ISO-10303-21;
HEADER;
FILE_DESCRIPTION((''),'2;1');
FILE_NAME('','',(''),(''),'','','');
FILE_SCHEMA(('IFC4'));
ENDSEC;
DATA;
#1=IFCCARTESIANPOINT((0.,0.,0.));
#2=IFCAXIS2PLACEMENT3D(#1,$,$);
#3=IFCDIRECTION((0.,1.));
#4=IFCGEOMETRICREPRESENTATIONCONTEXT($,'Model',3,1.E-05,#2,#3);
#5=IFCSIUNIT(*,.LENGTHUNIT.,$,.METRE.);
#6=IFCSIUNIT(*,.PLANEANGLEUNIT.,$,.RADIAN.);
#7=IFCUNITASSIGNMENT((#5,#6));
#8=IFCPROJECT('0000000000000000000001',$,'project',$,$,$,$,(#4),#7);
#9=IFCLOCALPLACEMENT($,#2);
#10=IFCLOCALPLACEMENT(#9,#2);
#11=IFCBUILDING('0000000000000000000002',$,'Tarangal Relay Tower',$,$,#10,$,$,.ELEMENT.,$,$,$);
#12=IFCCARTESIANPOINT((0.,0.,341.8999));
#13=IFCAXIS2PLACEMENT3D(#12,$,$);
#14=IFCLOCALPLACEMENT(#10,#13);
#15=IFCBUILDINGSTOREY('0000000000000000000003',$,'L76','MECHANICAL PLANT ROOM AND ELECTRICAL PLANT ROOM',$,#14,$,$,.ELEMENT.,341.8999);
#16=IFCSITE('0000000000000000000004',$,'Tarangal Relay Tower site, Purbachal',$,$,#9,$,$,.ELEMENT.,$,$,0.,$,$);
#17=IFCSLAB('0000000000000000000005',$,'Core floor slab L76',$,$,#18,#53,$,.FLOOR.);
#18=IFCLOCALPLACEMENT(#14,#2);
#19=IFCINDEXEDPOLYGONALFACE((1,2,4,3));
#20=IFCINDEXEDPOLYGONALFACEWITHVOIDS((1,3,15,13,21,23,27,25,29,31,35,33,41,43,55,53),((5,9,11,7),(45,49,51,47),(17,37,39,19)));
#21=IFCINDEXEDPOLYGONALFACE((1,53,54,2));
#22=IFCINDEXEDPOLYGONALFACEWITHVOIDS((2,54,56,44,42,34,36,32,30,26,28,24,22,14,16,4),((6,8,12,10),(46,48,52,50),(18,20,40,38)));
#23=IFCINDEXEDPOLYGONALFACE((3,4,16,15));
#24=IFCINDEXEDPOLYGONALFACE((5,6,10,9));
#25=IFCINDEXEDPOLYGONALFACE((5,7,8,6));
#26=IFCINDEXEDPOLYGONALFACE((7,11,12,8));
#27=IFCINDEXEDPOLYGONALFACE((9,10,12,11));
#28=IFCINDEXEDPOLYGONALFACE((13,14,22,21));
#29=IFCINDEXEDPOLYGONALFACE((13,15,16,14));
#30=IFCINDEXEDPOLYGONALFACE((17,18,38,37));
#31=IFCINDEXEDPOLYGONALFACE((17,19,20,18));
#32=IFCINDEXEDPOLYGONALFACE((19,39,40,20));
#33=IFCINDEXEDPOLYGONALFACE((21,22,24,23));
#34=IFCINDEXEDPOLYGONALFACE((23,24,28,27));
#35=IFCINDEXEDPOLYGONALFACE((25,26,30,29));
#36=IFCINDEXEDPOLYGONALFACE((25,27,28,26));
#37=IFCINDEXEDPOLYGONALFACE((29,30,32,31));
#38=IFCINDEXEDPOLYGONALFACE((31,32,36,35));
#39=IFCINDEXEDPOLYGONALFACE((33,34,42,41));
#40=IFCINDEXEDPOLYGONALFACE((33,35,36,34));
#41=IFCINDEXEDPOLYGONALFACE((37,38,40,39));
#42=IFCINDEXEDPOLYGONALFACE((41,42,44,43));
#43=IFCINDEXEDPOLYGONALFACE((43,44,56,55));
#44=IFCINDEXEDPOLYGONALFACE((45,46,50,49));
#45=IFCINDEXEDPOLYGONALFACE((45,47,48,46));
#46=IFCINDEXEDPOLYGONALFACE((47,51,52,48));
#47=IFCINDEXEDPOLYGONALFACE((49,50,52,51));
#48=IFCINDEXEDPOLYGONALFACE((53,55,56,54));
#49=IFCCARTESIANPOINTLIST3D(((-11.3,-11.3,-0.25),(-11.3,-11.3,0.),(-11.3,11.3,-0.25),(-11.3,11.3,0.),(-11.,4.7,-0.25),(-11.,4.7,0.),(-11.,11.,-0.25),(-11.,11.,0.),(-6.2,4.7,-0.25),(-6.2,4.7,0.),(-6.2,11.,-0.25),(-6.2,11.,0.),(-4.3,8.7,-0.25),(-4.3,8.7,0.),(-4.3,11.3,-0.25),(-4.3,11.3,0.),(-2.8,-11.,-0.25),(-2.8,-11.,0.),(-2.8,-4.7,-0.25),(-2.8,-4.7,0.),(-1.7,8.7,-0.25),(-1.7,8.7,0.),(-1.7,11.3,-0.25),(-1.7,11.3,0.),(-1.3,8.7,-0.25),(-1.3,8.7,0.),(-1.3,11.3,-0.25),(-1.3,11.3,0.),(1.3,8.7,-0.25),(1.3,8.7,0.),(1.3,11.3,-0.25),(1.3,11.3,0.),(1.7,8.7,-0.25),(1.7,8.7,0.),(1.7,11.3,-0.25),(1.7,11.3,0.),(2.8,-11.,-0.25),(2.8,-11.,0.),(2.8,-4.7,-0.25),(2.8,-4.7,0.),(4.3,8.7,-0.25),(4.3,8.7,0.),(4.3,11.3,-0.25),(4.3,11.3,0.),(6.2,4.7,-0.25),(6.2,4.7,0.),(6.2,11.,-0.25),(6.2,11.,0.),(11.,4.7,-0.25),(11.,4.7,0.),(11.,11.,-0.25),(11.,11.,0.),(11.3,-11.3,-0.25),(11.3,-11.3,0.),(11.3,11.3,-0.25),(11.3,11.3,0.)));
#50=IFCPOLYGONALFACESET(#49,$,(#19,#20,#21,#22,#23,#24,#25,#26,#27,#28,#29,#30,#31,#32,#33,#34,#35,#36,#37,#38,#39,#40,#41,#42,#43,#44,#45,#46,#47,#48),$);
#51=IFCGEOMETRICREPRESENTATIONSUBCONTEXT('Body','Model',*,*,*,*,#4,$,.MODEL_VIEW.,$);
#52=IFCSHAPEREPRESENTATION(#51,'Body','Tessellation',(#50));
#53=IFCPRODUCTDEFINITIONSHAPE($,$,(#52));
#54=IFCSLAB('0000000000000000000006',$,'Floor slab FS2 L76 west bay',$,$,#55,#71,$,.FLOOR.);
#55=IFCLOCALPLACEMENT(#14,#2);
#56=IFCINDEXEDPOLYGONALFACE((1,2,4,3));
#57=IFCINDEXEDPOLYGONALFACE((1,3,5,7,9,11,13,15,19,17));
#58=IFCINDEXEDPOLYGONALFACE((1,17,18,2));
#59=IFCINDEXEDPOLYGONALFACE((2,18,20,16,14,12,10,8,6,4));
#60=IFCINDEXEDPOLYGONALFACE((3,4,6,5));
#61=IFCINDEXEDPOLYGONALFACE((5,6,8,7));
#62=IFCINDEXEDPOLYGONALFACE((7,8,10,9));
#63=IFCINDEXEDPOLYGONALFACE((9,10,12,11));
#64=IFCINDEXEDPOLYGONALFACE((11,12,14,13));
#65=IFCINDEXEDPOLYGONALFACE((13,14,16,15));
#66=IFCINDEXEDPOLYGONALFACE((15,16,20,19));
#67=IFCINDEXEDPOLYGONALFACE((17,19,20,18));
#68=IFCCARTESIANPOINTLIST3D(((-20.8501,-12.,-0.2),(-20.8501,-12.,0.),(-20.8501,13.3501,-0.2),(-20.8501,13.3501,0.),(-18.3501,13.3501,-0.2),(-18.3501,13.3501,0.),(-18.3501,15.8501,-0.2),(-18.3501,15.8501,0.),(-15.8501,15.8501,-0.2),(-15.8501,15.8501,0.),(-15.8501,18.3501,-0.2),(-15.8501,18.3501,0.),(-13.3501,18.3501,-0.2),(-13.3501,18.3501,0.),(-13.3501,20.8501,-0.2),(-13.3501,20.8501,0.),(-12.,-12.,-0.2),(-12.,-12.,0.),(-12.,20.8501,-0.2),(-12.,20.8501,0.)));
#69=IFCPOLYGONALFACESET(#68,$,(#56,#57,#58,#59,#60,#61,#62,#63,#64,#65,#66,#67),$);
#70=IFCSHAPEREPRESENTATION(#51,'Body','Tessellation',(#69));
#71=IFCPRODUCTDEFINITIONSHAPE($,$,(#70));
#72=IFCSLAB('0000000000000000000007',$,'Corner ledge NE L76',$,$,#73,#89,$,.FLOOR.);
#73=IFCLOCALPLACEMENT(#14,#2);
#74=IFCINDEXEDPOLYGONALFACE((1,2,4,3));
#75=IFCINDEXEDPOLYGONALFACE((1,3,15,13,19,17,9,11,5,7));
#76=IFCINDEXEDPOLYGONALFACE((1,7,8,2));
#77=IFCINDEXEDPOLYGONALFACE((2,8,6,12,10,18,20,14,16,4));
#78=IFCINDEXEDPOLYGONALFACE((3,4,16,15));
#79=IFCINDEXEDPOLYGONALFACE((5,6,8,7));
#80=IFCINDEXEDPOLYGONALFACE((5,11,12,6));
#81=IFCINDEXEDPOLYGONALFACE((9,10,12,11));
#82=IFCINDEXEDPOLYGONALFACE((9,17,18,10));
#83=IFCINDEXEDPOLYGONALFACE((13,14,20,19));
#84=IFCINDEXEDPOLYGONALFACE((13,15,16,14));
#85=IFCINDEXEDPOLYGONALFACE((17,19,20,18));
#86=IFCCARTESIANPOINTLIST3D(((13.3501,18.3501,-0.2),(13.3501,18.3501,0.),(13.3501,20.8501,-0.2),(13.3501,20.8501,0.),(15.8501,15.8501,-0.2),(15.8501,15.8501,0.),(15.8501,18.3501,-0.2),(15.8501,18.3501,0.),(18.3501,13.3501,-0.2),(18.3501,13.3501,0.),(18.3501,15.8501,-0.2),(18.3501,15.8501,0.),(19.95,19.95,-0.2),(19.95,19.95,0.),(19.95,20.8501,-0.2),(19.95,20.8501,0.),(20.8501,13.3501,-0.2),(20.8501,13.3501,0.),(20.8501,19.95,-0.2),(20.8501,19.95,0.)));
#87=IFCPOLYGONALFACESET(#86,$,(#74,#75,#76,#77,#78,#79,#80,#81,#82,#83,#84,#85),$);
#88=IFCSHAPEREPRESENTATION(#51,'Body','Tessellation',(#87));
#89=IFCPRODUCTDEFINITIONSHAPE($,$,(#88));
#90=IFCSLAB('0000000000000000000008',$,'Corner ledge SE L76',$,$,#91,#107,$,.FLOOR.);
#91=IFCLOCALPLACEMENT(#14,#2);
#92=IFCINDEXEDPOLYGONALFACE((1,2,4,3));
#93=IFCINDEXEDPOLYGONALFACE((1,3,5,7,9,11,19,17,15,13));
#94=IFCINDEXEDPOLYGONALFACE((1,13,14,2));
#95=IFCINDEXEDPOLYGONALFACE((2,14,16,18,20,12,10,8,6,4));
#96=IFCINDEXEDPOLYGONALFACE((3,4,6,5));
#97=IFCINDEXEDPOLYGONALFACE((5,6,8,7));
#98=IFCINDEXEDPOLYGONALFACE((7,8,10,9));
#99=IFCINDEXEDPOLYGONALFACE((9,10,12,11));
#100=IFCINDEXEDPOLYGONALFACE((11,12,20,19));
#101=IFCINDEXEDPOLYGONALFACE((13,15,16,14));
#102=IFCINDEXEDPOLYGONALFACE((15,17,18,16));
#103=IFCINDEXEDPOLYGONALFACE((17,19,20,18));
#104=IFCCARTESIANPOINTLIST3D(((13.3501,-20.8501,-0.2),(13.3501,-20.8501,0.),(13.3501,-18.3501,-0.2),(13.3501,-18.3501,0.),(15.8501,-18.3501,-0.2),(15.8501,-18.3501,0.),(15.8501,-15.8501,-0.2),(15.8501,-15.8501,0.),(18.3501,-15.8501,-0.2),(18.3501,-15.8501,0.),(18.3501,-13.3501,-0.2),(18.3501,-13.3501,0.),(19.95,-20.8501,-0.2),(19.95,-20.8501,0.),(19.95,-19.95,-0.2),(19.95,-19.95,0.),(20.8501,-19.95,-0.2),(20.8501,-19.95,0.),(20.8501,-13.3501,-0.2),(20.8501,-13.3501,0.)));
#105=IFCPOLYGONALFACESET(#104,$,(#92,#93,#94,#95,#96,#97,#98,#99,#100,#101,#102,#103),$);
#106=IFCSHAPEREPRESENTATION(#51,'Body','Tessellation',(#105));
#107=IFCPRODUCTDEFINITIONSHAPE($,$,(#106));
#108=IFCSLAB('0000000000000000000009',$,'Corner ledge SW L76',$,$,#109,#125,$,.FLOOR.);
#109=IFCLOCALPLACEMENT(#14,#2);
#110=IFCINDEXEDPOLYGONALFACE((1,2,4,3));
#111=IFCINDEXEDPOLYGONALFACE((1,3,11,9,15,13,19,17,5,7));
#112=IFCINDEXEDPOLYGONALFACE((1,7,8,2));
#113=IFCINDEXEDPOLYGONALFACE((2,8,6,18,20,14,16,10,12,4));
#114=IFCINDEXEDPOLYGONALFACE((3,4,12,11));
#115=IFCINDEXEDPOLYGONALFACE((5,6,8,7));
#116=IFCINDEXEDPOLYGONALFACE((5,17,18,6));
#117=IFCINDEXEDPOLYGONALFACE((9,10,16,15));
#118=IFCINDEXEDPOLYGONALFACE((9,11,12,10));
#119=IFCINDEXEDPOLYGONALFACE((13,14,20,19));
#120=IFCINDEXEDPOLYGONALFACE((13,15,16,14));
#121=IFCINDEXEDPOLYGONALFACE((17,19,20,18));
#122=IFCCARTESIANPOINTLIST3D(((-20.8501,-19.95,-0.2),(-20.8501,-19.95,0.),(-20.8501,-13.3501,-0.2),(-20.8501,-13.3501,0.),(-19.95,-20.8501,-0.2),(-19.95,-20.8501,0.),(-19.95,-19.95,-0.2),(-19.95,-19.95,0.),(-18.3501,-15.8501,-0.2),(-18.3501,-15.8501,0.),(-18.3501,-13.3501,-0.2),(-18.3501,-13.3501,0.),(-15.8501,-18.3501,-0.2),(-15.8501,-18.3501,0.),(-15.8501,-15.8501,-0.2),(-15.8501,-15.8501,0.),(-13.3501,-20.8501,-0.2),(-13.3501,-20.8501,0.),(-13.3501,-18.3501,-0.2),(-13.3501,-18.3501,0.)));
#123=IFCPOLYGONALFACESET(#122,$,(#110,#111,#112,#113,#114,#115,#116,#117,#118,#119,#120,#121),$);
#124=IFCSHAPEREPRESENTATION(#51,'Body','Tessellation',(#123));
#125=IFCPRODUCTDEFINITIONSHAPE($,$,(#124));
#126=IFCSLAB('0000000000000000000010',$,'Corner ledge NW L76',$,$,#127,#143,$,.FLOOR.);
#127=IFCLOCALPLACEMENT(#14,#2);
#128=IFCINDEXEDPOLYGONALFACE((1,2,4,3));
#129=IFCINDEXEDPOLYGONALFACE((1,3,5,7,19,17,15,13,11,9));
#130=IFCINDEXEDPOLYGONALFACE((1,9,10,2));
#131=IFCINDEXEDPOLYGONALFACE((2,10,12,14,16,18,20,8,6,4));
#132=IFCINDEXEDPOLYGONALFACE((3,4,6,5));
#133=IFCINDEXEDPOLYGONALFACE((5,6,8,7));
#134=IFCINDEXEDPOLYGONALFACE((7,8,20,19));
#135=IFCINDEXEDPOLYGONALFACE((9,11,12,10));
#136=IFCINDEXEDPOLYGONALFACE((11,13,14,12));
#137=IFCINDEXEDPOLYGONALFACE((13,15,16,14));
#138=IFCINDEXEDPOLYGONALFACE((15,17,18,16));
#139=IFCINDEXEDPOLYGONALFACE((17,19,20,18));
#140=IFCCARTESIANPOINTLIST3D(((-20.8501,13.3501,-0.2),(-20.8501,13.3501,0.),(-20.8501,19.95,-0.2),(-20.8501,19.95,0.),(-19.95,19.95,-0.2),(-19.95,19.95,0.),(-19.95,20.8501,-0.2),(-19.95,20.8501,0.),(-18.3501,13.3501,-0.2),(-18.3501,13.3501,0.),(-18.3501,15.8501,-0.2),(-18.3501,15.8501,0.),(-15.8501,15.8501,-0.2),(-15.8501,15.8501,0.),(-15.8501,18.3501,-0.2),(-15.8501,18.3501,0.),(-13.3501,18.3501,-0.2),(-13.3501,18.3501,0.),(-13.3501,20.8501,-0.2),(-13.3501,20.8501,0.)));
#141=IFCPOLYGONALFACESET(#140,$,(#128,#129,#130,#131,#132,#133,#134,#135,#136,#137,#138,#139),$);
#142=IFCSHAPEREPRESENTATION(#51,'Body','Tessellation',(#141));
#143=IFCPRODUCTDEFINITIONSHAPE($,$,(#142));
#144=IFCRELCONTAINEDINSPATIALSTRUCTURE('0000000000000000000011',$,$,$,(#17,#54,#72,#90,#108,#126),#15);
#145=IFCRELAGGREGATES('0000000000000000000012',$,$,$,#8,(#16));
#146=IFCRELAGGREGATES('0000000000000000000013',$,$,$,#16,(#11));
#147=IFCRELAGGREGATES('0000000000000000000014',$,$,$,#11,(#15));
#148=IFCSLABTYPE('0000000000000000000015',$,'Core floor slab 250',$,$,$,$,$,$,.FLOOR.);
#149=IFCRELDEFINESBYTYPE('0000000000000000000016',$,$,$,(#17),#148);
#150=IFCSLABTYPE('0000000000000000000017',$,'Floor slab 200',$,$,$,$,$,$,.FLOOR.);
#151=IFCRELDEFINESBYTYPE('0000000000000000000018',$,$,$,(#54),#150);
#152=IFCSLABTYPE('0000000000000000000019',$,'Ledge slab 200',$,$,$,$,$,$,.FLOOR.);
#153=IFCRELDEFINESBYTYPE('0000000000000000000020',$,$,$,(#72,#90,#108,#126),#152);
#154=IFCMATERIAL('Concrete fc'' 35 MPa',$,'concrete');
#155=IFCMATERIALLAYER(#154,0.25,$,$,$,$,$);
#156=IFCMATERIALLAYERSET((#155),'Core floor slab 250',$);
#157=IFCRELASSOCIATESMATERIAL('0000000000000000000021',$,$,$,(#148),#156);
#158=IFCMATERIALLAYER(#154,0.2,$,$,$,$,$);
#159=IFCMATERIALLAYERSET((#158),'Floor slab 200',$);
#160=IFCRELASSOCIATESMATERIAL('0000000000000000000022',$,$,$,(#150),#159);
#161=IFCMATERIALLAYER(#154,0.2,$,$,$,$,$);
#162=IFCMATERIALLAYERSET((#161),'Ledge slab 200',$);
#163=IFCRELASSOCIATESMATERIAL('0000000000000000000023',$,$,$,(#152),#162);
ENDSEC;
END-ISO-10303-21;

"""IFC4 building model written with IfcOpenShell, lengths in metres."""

from ifc_helpers import new_model, si_unit, direction, frame, origin, place, context, subcontext, project, spatial, polyline, outline, extrude, material, layer, layer_set, type_object, element, save


model = new_model("IFC4")

# Units and contexts
model_context = context("Model", 3, precision=1e-05, world=origin(), true_north=direction((0.0, 1.0)))
body_context = subcontext(model_context, "Body", "Model", "MODEL_VIEW")
ifc_project = project(units=[si_unit("LENGTHUNIT", "METRE"), si_unit("PLANEANGLEUNIT", "RADIAN")], contexts=[model_context])

# Site, building, storey
site_placement = place(None, origin())
site = spatial("IfcSite", under=ifc_project, at=site_placement, Name="Tarangal Relay Tower site, Purbachal", CompositionType="ELEMENT", RefElevation=0.0)
building_placement = place(site_placement, origin())
building = spatial("IfcBuilding", under=site, at=building_placement, Name="Tarangal Relay Tower", CompositionType="ELEMENT")
storey_placement = place(building_placement, frame((0.0, 0.0, 341.8999)))
storey = spatial("IfcBuildingStorey", under=building, at=storey_placement, Name="L76", Description="MECHANICAL PLANT ROOM AND ELECTRICAL PLANT ROOM", CompositionType="ELEMENT", Elevation=341.8999)

# Slabs
ifc_material_1 = material(Name="Concrete fc' 35 MPa", Category="concrete")
ifc_layer_1 = layer(ifc_material_1, 0.25)
ifc_layer_set_1 = layer_set([ifc_layer_1], Name="Core floor slab 250")
slab_type_1 = type_object("IfcSlabType", Name="Core floor slab 250", PredefinedType="FLOOR", material=ifc_layer_set_1)
slab_1_placement = place(storey_placement, frame((0.0, 0.0, -0.25)))
element("IfcSlab", 1, at=slab_1_placement, inside=storey, type_object=slab_type_1, Name="Core floor slab L76", PredefinedType="FLOOR", context=body_context, shape_type="SweptSolid", body=[
    extrude(outline(polyline([(11.3, 11.3), (11.3, -11.3), (-11.3, -11.3), (-11.3, 11.3), (-4.3, 11.3), (-4.3, 8.7), (-1.7, 8.7), (-1.7, 11.3), (-1.3, 11.3), (-1.3, 8.7), (1.3, 8.7), (1.3, 11.3), (1.7, 11.3), (1.7, 8.7), (4.3, 8.7), (4.3, 11.3), (11.3, 11.3)]), holes=[polyline([(-2.8, -4.7), (-2.8, -11.0), (2.8, -11.0), (2.8, -4.7), (-2.8, -4.7)]), polyline([(-6.2, 11.0), (-11.0, 11.0), (-11.0, 4.7), (-6.2, 4.7), (-6.2, 11.0)]), polyline([(11.0, 11.0), (6.2, 11.0), (6.2, 4.7), (11.0, 4.7), (11.0, 11.0)])]), origin(), (0.0, 0.0, 1.0), 0.25),
])
ifc_layer_2 = layer(ifc_material_1, 0.2)
ifc_layer_set_2 = layer_set([ifc_layer_2], Name="Floor slab 200")
slab_type_2 = type_object("IfcSlabType", Name="Floor slab 200", PredefinedType="FLOOR", material=ifc_layer_set_2)
slab_2_placement = place(storey_placement, frame((0.0, 0.0, -0.2)))
element("IfcSlab", 2, at=slab_2_placement, inside=storey, type_object=slab_type_2, Name="Floor slab FS2 L76 west bay", PredefinedType="FLOOR", context=body_context, shape_type="SweptSolid", body=[
    extrude(outline(polyline([(-12.0, 20.8501), (-12.0, -12.0), (-20.8501, -12.0), (-20.8501, 13.3501), (-18.3501, 13.3501), (-18.3501, 15.8501), (-15.8501, 15.8501), (-15.8501, 18.3501), (-13.3501, 18.3501), (-13.3501, 20.8501), (-12.0, 20.8501)])), origin(), (0.0, 0.0, 1.0), 0.2),
])
ifc_layer_3 = layer(ifc_material_1, 0.2)
ifc_layer_set_3 = layer_set([ifc_layer_3], Name="Ledge slab 200")
slab_type_3 = type_object("IfcSlabType", Name="Ledge slab 200", PredefinedType="FLOOR", material=ifc_layer_set_3)
slab_3_placement = place(storey_placement, frame((0.0, 0.0, -0.2)))
element("IfcSlab", 3, at=slab_3_placement, inside=storey, type_object=slab_type_3, Name="Corner ledge NE L76", PredefinedType="FLOOR", context=body_context, shape_type="SweptSolid", body=[
    extrude(outline(polyline([(13.3501, 20.8501), (13.3501, 18.3501), (15.8501, 18.3501), (15.8501, 15.8501), (18.3501, 15.8501), (18.3501, 13.3501), (20.8501, 13.3501), (20.8501, 19.95), (19.95, 19.95), (19.95, 20.8501), (13.3501, 20.8501)])), origin(), (0.0, 0.0, 1.0), 0.2),
])
slab_4_placement = place(storey_placement, frame((0.0, 0.0, -0.2)))
element("IfcSlab", 4, at=slab_4_placement, inside=storey, type_object=slab_type_3, Name="Corner ledge SE L76", PredefinedType="FLOOR", context=body_context, shape_type="SweptSolid", body=[
    extrude(outline(polyline([(20.8501, -13.3501), (18.3501, -13.3501), (18.3501, -15.8501), (15.8501, -15.8501), (15.8501, -18.3501), (13.3501, -18.3501), (13.3501, -20.8501), (19.95, -20.8501), (19.95, -19.95), (20.8501, -19.95), (20.8501, -13.3501)])), origin(), (0.0, 0.0, 1.0), 0.2),
])
slab_5_placement = place(storey_placement, frame((0.0, 0.0, -0.2)))
element("IfcSlab", 5, at=slab_5_placement, inside=storey, type_object=slab_type_3, Name="Corner ledge SW L76", PredefinedType="FLOOR", context=body_context, shape_type="SweptSolid", body=[
    extrude(outline(polyline([(-13.3501, -20.8501), (-13.3501, -18.3501), (-15.8501, -18.3501), (-15.8501, -15.8501), (-18.3501, -15.8501), (-18.3501, -13.3501), (-20.8501, -13.3501), (-20.8501, -19.95), (-19.95, -19.95), (-19.95, -20.8501), (-13.3501, -20.8501)])), origin(), (0.0, 0.0, 1.0), 0.2),
])
slab_6_placement = place(storey_placement, frame((0.0, 0.0, -0.2)))
element("IfcSlab", 6, at=slab_6_placement, inside=storey, type_object=slab_type_3, Name="Corner ledge NW L76", PredefinedType="FLOOR", context=body_context, shape_type="SweptSolid", body=[
    extrude(outline(polyline([(-20.8501, 13.3501), (-18.3501, 13.3501), (-18.3501, 15.8501), (-15.8501, 15.8501), (-15.8501, 18.3501), (-13.3501, 18.3501), (-13.3501, 20.8501), (-19.95, 20.8501), (-19.95, 19.95), (-20.8501, 19.95), (-20.8501, 13.3501)])), origin(), (0.0, 0.0, 1.0), 0.2),
])

save(model, "model.ifc")
